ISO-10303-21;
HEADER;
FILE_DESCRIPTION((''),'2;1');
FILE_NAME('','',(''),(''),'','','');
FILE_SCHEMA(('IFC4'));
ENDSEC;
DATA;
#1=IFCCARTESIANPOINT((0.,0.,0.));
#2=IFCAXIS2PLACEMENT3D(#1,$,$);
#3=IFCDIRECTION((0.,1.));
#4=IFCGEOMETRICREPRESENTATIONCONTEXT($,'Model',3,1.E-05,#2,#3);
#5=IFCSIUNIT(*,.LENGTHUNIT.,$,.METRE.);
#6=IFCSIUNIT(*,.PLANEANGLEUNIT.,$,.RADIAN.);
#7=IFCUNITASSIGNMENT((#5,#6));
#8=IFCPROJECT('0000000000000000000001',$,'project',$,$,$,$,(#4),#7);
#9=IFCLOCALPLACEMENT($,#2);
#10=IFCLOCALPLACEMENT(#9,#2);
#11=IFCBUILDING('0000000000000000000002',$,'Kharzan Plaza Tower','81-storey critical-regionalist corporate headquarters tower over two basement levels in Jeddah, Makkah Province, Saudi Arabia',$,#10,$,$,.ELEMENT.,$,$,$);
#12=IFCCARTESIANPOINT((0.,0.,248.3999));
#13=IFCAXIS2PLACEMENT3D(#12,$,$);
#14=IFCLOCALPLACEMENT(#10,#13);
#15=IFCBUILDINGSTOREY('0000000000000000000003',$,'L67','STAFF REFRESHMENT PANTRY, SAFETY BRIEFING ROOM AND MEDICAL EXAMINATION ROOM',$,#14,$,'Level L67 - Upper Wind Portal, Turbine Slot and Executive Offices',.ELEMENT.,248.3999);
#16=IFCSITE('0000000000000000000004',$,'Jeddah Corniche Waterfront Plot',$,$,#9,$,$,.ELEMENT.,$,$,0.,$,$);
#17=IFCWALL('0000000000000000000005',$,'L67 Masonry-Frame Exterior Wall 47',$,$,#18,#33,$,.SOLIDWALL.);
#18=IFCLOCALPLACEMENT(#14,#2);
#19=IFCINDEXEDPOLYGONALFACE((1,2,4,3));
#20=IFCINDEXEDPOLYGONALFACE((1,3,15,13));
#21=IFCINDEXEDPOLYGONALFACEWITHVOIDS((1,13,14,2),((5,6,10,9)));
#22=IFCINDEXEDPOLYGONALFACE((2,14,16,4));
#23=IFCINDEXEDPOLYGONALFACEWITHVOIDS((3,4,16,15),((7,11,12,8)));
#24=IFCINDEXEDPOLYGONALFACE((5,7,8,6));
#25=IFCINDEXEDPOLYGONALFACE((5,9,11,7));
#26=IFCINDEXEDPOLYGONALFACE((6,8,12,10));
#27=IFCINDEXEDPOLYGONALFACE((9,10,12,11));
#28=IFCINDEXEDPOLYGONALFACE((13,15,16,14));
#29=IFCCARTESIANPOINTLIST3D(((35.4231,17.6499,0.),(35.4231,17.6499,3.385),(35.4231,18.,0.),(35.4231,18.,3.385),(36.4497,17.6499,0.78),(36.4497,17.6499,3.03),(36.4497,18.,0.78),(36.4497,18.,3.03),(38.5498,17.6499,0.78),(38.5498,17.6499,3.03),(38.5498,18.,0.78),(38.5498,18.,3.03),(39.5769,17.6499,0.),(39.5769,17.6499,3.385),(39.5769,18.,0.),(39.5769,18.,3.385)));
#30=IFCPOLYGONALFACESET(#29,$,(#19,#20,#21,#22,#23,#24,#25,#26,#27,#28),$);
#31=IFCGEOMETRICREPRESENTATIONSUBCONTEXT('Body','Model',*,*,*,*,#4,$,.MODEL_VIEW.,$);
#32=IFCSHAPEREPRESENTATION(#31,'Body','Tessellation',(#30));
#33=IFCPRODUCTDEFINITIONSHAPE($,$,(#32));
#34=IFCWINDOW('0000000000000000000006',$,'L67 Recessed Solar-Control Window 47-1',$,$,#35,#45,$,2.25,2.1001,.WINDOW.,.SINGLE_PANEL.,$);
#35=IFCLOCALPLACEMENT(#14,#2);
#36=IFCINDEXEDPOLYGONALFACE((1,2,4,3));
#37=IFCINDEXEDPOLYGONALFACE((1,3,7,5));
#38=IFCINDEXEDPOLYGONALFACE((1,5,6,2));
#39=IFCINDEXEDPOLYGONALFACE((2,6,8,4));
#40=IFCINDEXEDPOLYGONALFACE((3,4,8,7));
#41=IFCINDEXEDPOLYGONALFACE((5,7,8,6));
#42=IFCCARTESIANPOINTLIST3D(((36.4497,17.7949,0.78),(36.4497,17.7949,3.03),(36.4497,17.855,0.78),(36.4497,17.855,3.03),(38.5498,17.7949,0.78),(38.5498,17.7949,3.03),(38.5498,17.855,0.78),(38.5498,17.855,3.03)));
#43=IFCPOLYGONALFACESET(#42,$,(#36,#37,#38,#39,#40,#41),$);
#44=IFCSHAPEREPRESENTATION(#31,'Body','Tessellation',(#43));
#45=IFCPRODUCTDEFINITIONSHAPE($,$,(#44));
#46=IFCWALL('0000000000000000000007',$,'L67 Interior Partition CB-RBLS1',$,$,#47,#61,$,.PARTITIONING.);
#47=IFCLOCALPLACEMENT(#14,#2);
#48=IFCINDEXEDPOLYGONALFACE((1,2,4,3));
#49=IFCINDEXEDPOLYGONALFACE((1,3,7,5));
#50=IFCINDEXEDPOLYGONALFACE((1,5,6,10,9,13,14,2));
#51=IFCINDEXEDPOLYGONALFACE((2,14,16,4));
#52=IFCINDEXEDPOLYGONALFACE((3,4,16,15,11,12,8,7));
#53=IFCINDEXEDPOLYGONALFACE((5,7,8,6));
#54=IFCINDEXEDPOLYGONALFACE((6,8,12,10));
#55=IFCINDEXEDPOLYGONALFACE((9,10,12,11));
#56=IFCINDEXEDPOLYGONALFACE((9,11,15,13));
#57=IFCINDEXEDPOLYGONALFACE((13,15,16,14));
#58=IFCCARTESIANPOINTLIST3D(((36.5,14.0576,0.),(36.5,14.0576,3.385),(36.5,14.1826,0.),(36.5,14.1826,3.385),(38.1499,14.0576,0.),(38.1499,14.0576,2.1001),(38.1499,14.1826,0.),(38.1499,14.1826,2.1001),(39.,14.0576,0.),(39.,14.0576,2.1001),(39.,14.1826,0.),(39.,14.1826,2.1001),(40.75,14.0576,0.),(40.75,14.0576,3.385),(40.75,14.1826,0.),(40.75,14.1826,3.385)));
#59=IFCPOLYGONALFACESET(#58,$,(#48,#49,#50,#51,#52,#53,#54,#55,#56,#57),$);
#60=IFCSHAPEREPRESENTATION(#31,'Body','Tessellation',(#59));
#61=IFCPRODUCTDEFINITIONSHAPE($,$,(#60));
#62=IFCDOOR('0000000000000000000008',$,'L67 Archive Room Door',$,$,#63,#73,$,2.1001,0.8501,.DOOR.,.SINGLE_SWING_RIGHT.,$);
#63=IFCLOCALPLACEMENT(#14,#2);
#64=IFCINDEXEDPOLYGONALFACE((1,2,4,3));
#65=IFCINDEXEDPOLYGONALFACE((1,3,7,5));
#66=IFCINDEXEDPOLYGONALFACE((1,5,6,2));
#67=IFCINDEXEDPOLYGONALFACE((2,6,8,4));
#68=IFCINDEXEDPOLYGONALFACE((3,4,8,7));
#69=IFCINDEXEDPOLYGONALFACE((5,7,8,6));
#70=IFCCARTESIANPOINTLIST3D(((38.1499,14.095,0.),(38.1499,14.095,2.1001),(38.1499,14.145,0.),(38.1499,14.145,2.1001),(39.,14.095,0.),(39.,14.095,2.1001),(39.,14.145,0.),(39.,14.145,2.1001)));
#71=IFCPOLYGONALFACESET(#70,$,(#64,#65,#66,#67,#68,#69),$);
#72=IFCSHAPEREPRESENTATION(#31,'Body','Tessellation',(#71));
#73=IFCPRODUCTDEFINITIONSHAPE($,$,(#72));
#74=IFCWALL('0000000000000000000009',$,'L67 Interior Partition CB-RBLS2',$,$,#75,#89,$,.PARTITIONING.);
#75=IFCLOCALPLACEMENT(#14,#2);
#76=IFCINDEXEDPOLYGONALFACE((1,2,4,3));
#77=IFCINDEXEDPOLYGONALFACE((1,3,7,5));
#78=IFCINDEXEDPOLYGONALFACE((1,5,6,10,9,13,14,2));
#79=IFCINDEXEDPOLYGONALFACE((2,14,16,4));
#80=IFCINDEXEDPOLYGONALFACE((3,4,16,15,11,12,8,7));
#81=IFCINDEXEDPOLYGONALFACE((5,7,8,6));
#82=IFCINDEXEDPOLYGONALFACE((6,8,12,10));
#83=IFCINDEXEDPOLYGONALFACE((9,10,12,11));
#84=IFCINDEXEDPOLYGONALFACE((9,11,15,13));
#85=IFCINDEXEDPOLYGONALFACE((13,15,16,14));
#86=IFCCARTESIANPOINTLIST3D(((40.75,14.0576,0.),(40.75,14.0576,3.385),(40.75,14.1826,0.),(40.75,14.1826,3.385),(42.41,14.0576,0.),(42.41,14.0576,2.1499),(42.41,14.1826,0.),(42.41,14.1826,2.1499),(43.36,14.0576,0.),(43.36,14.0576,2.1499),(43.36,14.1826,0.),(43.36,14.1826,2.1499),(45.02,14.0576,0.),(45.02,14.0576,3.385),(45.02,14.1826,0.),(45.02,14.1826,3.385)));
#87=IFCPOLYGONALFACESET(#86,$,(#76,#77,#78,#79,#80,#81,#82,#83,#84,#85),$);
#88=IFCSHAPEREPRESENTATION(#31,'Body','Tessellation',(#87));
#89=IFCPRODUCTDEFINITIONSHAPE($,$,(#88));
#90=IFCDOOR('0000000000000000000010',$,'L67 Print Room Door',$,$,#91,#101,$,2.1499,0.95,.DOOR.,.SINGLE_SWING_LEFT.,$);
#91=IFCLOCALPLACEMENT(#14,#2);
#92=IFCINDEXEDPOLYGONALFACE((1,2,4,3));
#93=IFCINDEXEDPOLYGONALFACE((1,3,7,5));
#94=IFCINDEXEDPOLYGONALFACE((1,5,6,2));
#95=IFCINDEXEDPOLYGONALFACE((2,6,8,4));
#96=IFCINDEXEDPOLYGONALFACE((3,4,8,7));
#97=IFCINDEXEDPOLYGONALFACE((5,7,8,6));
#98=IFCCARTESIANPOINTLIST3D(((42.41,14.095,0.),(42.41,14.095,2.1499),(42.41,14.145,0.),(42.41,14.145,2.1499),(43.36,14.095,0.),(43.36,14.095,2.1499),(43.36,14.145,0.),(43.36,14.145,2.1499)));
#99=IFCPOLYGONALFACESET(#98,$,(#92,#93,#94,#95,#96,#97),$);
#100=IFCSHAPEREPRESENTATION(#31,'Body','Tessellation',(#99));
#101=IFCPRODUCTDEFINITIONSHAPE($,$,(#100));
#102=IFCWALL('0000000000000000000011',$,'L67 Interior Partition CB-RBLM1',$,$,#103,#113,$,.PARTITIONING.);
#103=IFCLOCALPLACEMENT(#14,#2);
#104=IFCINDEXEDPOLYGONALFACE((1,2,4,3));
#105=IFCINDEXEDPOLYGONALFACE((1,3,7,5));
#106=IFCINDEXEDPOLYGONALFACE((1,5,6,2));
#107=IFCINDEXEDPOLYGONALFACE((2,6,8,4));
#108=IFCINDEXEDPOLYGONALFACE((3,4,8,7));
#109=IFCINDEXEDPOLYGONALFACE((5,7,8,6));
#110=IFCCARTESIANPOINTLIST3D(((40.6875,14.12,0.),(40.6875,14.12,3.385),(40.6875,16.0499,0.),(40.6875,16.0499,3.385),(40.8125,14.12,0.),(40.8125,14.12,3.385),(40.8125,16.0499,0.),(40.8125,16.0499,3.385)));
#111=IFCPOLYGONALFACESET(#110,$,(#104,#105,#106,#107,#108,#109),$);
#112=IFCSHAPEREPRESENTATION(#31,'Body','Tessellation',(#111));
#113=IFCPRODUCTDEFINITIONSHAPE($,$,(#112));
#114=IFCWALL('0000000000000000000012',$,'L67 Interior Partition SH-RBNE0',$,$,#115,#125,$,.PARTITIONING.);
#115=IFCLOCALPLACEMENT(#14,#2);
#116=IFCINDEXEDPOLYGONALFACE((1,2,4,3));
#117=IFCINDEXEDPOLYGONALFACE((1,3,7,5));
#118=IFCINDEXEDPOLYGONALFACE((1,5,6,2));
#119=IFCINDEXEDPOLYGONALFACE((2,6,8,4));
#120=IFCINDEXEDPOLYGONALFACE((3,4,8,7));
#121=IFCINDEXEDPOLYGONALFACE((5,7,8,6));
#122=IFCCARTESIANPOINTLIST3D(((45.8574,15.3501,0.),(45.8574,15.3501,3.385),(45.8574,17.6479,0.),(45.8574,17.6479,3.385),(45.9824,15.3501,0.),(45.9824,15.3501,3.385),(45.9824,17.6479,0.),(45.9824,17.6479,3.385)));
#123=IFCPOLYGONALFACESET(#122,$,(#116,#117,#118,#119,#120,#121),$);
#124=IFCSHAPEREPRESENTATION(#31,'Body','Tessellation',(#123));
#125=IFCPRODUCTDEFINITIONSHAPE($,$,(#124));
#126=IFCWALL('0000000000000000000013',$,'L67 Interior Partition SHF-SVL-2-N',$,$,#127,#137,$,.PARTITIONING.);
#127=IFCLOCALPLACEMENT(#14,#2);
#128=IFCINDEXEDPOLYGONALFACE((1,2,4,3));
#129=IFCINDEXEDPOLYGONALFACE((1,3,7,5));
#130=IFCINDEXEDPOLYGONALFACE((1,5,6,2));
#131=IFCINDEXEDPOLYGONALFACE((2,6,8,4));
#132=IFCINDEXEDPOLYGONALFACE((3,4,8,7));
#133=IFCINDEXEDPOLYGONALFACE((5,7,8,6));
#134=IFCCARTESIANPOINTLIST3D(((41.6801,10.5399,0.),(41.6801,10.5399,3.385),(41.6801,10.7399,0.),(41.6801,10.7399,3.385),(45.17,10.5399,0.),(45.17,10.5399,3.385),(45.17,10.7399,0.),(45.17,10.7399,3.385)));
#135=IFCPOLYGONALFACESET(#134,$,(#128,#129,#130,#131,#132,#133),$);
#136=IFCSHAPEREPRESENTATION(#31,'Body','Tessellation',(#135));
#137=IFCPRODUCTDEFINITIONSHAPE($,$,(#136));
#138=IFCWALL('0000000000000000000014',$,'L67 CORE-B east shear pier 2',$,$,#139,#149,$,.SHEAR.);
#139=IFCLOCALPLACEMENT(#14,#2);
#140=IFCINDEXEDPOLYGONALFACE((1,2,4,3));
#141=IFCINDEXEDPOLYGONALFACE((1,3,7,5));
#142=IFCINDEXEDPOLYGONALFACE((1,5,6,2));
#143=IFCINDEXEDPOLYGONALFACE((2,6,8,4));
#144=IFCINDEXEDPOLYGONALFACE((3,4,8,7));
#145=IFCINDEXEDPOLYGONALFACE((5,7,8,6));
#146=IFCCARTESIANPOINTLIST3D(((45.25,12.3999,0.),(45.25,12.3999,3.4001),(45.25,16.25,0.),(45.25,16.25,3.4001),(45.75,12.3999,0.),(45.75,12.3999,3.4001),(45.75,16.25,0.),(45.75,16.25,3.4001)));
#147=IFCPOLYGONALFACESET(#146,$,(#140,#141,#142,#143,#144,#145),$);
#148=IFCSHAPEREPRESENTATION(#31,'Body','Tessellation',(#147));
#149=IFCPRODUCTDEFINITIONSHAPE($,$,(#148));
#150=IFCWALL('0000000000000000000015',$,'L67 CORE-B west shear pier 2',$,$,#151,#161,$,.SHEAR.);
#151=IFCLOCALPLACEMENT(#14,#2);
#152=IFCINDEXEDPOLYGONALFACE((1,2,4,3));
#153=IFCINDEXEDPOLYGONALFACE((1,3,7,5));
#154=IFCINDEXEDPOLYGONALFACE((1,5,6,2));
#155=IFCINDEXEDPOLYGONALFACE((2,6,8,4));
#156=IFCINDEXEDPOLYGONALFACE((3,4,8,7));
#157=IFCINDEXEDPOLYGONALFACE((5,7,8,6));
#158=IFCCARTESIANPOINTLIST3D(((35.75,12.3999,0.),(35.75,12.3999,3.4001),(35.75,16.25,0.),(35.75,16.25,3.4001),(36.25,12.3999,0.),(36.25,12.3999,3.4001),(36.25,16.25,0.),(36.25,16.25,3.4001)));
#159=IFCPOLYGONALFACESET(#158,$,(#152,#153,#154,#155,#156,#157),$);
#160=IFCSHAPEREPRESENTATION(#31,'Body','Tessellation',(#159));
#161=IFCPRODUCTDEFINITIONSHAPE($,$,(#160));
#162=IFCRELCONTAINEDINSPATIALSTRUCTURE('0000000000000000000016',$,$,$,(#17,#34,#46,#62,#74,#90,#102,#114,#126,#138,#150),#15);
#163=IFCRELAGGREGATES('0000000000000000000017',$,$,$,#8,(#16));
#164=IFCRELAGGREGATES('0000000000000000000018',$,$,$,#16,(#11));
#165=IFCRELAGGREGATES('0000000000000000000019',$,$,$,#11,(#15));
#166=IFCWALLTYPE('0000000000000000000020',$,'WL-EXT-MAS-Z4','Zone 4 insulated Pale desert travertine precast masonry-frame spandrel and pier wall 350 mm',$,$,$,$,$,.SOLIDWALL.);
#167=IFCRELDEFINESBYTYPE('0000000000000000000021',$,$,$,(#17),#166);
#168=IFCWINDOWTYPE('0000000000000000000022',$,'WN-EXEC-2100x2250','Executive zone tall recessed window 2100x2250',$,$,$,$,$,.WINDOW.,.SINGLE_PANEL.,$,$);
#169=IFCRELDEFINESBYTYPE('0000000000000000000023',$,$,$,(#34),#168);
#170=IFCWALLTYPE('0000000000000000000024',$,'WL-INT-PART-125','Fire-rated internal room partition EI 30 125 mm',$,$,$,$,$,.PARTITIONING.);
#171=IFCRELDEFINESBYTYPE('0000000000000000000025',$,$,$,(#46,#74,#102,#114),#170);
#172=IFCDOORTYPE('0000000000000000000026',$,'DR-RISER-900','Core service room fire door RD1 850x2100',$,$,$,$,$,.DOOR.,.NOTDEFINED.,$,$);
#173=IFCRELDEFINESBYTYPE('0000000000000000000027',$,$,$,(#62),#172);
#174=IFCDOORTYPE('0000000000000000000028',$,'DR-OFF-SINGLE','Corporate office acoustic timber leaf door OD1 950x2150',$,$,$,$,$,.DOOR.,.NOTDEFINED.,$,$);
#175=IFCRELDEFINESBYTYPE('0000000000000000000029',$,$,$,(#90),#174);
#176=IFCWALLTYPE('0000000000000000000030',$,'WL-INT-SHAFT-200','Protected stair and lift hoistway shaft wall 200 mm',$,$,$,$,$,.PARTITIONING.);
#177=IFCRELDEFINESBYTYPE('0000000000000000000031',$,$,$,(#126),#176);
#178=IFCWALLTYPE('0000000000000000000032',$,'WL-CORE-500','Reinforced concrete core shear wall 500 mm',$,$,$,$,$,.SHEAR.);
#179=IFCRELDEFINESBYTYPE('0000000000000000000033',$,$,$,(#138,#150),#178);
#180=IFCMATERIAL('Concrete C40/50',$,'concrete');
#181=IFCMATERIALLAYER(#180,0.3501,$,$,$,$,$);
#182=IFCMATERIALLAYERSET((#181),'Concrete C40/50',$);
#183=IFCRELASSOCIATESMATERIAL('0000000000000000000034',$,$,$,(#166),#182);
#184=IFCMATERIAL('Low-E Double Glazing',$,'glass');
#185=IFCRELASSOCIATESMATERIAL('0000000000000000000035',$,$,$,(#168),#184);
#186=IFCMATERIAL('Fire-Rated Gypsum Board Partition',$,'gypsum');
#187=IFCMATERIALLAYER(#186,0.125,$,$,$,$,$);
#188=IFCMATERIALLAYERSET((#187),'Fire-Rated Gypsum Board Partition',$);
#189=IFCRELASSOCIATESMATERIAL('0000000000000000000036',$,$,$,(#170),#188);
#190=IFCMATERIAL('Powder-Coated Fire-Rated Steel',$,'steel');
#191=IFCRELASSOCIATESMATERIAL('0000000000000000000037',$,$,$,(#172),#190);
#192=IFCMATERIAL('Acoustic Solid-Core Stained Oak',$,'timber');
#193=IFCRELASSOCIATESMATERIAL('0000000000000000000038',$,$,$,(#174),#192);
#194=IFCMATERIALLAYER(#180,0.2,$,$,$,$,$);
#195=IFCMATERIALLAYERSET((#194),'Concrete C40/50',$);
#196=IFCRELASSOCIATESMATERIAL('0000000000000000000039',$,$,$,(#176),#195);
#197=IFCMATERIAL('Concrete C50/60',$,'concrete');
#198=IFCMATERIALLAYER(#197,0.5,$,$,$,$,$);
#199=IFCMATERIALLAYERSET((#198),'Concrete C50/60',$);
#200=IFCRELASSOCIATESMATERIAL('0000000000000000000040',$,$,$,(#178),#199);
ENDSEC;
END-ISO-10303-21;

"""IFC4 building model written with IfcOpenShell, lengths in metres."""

from ifc_helpers import new_model, si_unit, direction, frame, frame_2d, origin, place, context, subcontext, project, spatial, rectangle, extrude, source, transform, mapped, material, layer, layer_set, type_object, element, fill, save


model = new_model("IFC4")

# Units and contexts
model_context = context("Model", 3, precision=1e-05, world=origin(), true_north=direction((0.0, 1.0)))
body_context = subcontext(model_context, "Body", "Model", "MODEL_VIEW")
ifc_project = project(units=[si_unit("LENGTHUNIT", "METRE"), si_unit("PLANEANGLEUNIT", "RADIAN")], contexts=[model_context])

# Site, building, storey
site_placement = place(None, origin())
site = spatial("IfcSite", under=ifc_project, at=site_placement, Name="Jeddah Corniche Waterfront Plot", CompositionType="ELEMENT", RefElevation=0.0)
building_placement = place(site_placement, origin())
building = spatial("IfcBuilding", under=site, at=building_placement, Name="Kharzan Plaza Tower", Description="81-storey critical-regionalist corporate headquarters tower over two basement levels in Jeddah, Makkah Province, Saudi Arabia", CompositionType="ELEMENT")
storey_placement = place(building_placement, frame((0.0, 0.0, 248.3999)))
storey = spatial("IfcBuildingStorey", under=building, at=storey_placement, Name="L67", Description="STAFF REFRESHMENT PANTRY, SAFETY BRIEFING ROOM AND MEDICAL EXAMINATION ROOM", LongName="Level L67 - Upper Wind Portal, Turbine Slot and Executive Offices", CompositionType="ELEMENT", Elevation=248.3999)

# Shared definitions
ifc_material_1 = material(Name="Concrete C50/60", Category="concrete")

# Wall, opening, window
ifc_material_2 = material(Name="Concrete C40/50", Category="concrete")
ifc_layer_1 = layer(ifc_material_2, 0.3501)
ifc_layer_set_1 = layer_set([ifc_layer_1], Name="Concrete C40/50")
wall_type_1 = type_object("IfcWallType", Name="WL-EXT-MAS-Z4", Description="Zone 4 insulated Pale desert travertine precast masonry-frame spandrel and pier wall 350 mm", PredefinedType="SOLIDWALL", material=ifc_layer_set_1)
ifc_material_3 = material(Name="Low-E Double Glazing", Category="glass")
window_type_1 = type_object("IfcWindowType", Name="WN-EXEC-2100x2250", Description="Executive zone tall recessed window 2100x2250", PartitioningType="SINGLE_PANEL", PredefinedType="WINDOW", material=ifc_material_3)
shared_shape_1 = source(origin(), body_context, "Body", "SweptSolid", [
    extrude(rectangle(XDim=2.1001, YDim=2.25, at=frame_2d((1.05, 1.125))), frame((0.0, 0.03, 0.0), z_axis=(0.0, -1.0, 0.0), x_axis=(1.0, 0.0, 0.0)), (0.0, 0.0, 1.0), 0.0601),
])
wall_1_placement = place(storey_placement, frame((39.5769, 17.825, 0.0), z_axis=(0.0, 0.0, 1.0), x_axis=(-1.0, 0.0, 0.0)))
wall_1 = element("IfcWall", 1, at=wall_1_placement, inside=storey, type_object=wall_type_1, Name="L67 Masonry-Frame Exterior Wall 47", PredefinedType="SOLIDWALL", context=body_context, shape_type="SweptSolid", body=[
    extrude(rectangle(XDim=4.1538, YDim=0.3501, at=frame_2d((2.0769, 0.0))), origin(), (0.0, 0.0, 1.0), 3.385),
])
opening_1_placement = place(wall_1_placement, frame((1.0271, 0.0, 0.78)))
opening_1 = element("IfcOpeningElement", 2, at=opening_1_placement, cuts=wall_1, PredefinedType="OPENING", context=body_context, shape_type="SweptSolid", body=[
    extrude(rectangle(XDim=2.1001, YDim=2.25, at=frame_2d((1.05, 1.125))), frame((0.0, 0.1851, 0.0), z_axis=(0.0, -1.0, 0.0), x_axis=(1.0, 0.0, 0.0)), (0.0, 0.0, 1.0), 0.3701),
])
window_1_placement = place(opening_1_placement, origin())
window_1 = element("IfcWindow", 3, at=window_1_placement, inside=storey, type_object=window_type_1, Name="L67 Recessed Solar-Control Window 47-1", OverallHeight=2.25, OverallWidth=2.1001, PartitioningType="SINGLE_PANEL", PredefinedType="WINDOW", context=body_context, shape_type="MappedRepresentation", body=[
    mapped(shared_shape_1, transform((0.0, 0.0, 0.0), x_axis=(1.0, 0.0, 0.0), y_axis=(0.0, 1.0, 0.0), z_axis=(0.0, 0.0, 1.0))),
])
fill(opening_1, window_1)

# Walls, openings, doors
ifc_material_4 = material(Name="Fire-Rated Gypsum Board Partition", Category="gypsum")
ifc_layer_2 = layer(ifc_material_4, 0.125)
ifc_layer_set_2 = layer_set([ifc_layer_2], Name="Fire-Rated Gypsum Board Partition")
wall_type_2 = type_object("IfcWallType", Name="WL-INT-PART-125", Description="Fire-rated internal room partition EI 30 125 mm", PredefinedType="PARTITIONING", material=ifc_layer_set_2)
wall_2_placement = place(storey_placement, frame((36.5, 14.1201, 0.0), z_axis=(0.0, 0.0, 1.0), x_axis=(1.0, 0.0, 0.0)))
wall_2 = element("IfcWall", 4, at=wall_2_placement, inside=storey, type_object=wall_type_2, Name="L67 Interior Partition CB-RBLS1", PredefinedType="PARTITIONING", context=body_context, shape_type="SweptSolid", body=[
    extrude(rectangle(XDim=4.25, YDim=0.125, at=frame_2d((2.125, 0.0))), origin(), (0.0, 0.0, 1.0), 3.385),
])
opening_2_placement = place(wall_2_placement, frame((1.6499, 0.0, 0.0)))
opening_2 = element("IfcOpeningElement", 5, at=opening_2_placement, cuts=wall_2, PredefinedType="OPENING", context=body_context, shape_type="SweptSolid", body=[
    extrude(rectangle(XDim=0.8501, YDim=2.1001, at=frame_2d((0.425, 1.05))), frame((0.0, 0.0725, 0.0), z_axis=(0.0, -1.0, 0.0), x_axis=(1.0, 0.0, 0.0)), (0.0, 0.0, 1.0), 0.145),
])
ifc_material_5 = material(Name="Powder-Coated Fire-Rated Steel", Category="steel")
door_type_1 = type_object("IfcDoorType", Name="DR-RISER-900", Description="Core service room fire door RD1 850x2100", OperationType="NOTDEFINED", PredefinedType="DOOR", material=ifc_material_5)
shared_shape_2 = source(origin(), body_context, "Body", "SweptSolid", [
    extrude(rectangle(XDim=0.8501, YDim=2.1001, at=frame_2d((0.425, 1.05))), frame((0.0, 0.0249, 0.0), z_axis=(0.0, -1.0, 0.0), x_axis=(1.0, 0.0, 0.0)), (0.0, 0.0, 1.0), 0.05),
])
door_1_placement = place(opening_2_placement, origin())
door_1 = element("IfcDoor", 6, at=door_1_placement, inside=storey, type_object=door_type_1, Name="L67 Archive Room Door", OperationType="SINGLE_SWING_RIGHT", OverallHeight=2.1001, OverallWidth=0.8501, PredefinedType="DOOR", context=body_context, shape_type="MappedRepresentation", body=[
    mapped(shared_shape_2, transform((0.0, 0.0, 0.0), x_axis=(1.0, 0.0, 0.0), y_axis=(0.0, 1.0, 0.0), z_axis=(0.0, 0.0, 1.0))),
])
fill(opening_2, door_1)
wall_3_placement = place(storey_placement, frame((40.75, 14.1201, 0.0), z_axis=(0.0, 0.0, 1.0), x_axis=(1.0, 0.0, 0.0)))
wall_3 = element("IfcWall", 7, at=wall_3_placement, inside=storey, type_object=wall_type_2, Name="L67 Interior Partition CB-RBLS2", PredefinedType="PARTITIONING", context=body_context, shape_type="SweptSolid", body=[
    extrude(rectangle(XDim=4.27, YDim=0.125, at=frame_2d((2.135, 0.0))), origin(), (0.0, 0.0, 1.0), 3.385),
])
opening_3_placement = place(wall_3_placement, frame((1.6599, 0.0, 0.0)))
opening_3 = element("IfcOpeningElement", 8, at=opening_3_placement, cuts=wall_3, PredefinedType="OPENING", context=body_context, shape_type="SweptSolid", body=[
    extrude(rectangle(XDim=0.95, YDim=2.1499, at=frame_2d((0.4751, 1.075))), frame((0.0, 0.0725, 0.0), z_axis=(0.0, -1.0, 0.0), x_axis=(1.0, 0.0, 0.0)), (0.0, 0.0, 1.0), 0.145),
])
ifc_material_6 = material(Name="Acoustic Solid-Core Stained Oak", Category="timber")
door_type_2 = type_object("IfcDoorType", Name="DR-OFF-SINGLE", Description="Corporate office acoustic timber leaf door OD1 950x2150", OperationType="NOTDEFINED", PredefinedType="DOOR", material=ifc_material_6)
shared_shape_3 = source(origin(), body_context, "Body", "SweptSolid", [
    extrude(rectangle(XDim=0.95, YDim=2.1499, at=frame_2d((0.4751, 1.075))), frame((0.0, 0.0249, 0.0), z_axis=(0.0, -1.0, 0.0), x_axis=(1.0, 0.0, 0.0)), (0.0, 0.0, 1.0), 0.05),
])
door_2_placement = place(opening_3_placement, origin())
door_2 = element("IfcDoor", 9, at=door_2_placement, inside=storey, type_object=door_type_2, Name="L67 Print Room Door", OperationType="SINGLE_SWING_LEFT", OverallHeight=2.1499, OverallWidth=0.95, PredefinedType="DOOR", context=body_context, shape_type="MappedRepresentation", body=[
    mapped(shared_shape_3, transform((0.0, 0.0, 0.0), x_axis=(1.0, 0.0, 0.0), y_axis=(0.0, 1.0, 0.0), z_axis=(0.0, 0.0, 1.0))),
])
fill(opening_3, door_2)

# Walls
shared_shape_4 = source(origin(), body_context, "Body", "SweptSolid", [
    extrude(rectangle(XDim=1.9299, YDim=0.125, at=frame_2d((0.9648, 0.0))), origin(), (0.0, 0.0, 1.0), 3.385),
])
wall_4_placement = place(storey_placement, frame((40.75, 14.1201, 0.0), z_axis=(0.0, 0.0, 1.0), x_axis=(0.0, 1.0, 0.0)))
element("IfcWall", 10, at=wall_4_placement, inside=storey, type_object=wall_type_2, Name="L67 Interior Partition CB-RBLM1", PredefinedType="PARTITIONING", context=body_context, shape_type="MappedRepresentation", body=[
    mapped(shared_shape_4, transform((0.0, 0.0, 0.0), x_axis=(1.0, 0.0, 0.0), y_axis=(0.0, 1.0, 0.0), z_axis=(0.0, 0.0, 1.0))),
])
shared_shape_5 = source(origin(), body_context, "Body", "SweptSolid", [
    extrude(rectangle(XDim=2.2979, YDim=0.125, at=frame_2d((1.1489, 0.0))), origin(), (0.0, 0.0, 1.0), 3.385),
])
wall_5_placement = place(storey_placement, frame((45.9199, 15.3501, 0.0), z_axis=(0.0, 0.0, 1.0), x_axis=(0.0, 1.0, 0.0)))
element("IfcWall", 11, at=wall_5_placement, inside=storey, type_object=wall_type_2, Name="L67 Interior Partition SH-RBNE0", PredefinedType="PARTITIONING", context=body_context, shape_type="MappedRepresentation", body=[
    mapped(shared_shape_5, transform((0.0, 0.0, 0.0), x_axis=(1.0, 0.0, 0.0), y_axis=(0.0, 1.0, 0.0), z_axis=(0.0, 0.0, 1.0))),
])
ifc_layer_3 = layer(ifc_material_2, 0.2)
ifc_layer_set_3 = layer_set([ifc_layer_3], Name="Concrete C40/50")
wall_type_3 = type_object("IfcWallType", Name="WL-INT-SHAFT-200", Description="Protected stair and lift hoistway shaft wall 200 mm", PredefinedType="PARTITIONING", material=ifc_layer_set_3)
shared_shape_6 = source(origin(), body_context, "Body", "SweptSolid", [
    extrude(rectangle(XDim=3.49, YDim=0.2, at=frame_2d((1.7451, 0.0))), origin(), (0.0, 0.0, 1.0), 3.385),
])
wall_6_placement = place(storey_placement, frame((41.6799, 10.6399, 0.0), z_axis=(0.0, 0.0, 1.0), x_axis=(1.0, 0.0, 0.0)))
element("IfcWall", 12, at=wall_6_placement, inside=storey, type_object=wall_type_3, Name="L67 Interior Partition SHF-SVL-2-N", PredefinedType="PARTITIONING", context=body_context, shape_type="MappedRepresentation", body=[
    mapped(shared_shape_6, transform((0.0, 0.0, 0.0), x_axis=(1.0, 0.0, 0.0), y_axis=(0.0, 1.0, 0.0), z_axis=(0.0, 0.0, 1.0))),
])
ifc_layer_4 = layer(ifc_material_1, 0.5)
ifc_layer_set_4 = layer_set([ifc_layer_4], Name="Concrete C50/60")
wall_type_4 = type_object("IfcWallType", Name="WL-CORE-500", Description="Reinforced concrete core shear wall 500 mm", PredefinedType="SHEAR", material=ifc_layer_set_4)
shared_shape_7 = source(origin(), body_context, "Body", "SweptSolid", [
    extrude(rectangle(XDim=3.8501, YDim=0.5, at=frame_2d((1.925, 0.0))), origin(), (0.0, 0.0, 1.0), 3.4001),
])
for number, where, z_axis, x_axis, name in (
    (13, (45.5, 12.3999, 0.0), (0.0, 0.0, 1.0), (0.0, 1.0, 0.0), "L67 CORE-B east shear pier 2"),
    (14, (36.0, 12.3999, 0.0), (0.0, 0.0, 1.0), (0.0, 1.0, 0.0), "L67 CORE-B west shear pier 2"),
):
    element("IfcWall", number, at=place(storey_placement, frame(where, z_axis=z_axis, x_axis=x_axis)), inside=storey, type_object=wall_type_4, Name=name, PredefinedType="SHEAR", context=body_context, shape_type="MappedRepresentation", body=[
        mapped(shared_shape_7, transform((0.0, 0.0, 0.0), x_axis=(1.0, 0.0, 0.0), y_axis=(0.0, 1.0, 0.0), z_axis=(0.0, 0.0, 1.0))),
    ])

save(model, "model.ifc")
